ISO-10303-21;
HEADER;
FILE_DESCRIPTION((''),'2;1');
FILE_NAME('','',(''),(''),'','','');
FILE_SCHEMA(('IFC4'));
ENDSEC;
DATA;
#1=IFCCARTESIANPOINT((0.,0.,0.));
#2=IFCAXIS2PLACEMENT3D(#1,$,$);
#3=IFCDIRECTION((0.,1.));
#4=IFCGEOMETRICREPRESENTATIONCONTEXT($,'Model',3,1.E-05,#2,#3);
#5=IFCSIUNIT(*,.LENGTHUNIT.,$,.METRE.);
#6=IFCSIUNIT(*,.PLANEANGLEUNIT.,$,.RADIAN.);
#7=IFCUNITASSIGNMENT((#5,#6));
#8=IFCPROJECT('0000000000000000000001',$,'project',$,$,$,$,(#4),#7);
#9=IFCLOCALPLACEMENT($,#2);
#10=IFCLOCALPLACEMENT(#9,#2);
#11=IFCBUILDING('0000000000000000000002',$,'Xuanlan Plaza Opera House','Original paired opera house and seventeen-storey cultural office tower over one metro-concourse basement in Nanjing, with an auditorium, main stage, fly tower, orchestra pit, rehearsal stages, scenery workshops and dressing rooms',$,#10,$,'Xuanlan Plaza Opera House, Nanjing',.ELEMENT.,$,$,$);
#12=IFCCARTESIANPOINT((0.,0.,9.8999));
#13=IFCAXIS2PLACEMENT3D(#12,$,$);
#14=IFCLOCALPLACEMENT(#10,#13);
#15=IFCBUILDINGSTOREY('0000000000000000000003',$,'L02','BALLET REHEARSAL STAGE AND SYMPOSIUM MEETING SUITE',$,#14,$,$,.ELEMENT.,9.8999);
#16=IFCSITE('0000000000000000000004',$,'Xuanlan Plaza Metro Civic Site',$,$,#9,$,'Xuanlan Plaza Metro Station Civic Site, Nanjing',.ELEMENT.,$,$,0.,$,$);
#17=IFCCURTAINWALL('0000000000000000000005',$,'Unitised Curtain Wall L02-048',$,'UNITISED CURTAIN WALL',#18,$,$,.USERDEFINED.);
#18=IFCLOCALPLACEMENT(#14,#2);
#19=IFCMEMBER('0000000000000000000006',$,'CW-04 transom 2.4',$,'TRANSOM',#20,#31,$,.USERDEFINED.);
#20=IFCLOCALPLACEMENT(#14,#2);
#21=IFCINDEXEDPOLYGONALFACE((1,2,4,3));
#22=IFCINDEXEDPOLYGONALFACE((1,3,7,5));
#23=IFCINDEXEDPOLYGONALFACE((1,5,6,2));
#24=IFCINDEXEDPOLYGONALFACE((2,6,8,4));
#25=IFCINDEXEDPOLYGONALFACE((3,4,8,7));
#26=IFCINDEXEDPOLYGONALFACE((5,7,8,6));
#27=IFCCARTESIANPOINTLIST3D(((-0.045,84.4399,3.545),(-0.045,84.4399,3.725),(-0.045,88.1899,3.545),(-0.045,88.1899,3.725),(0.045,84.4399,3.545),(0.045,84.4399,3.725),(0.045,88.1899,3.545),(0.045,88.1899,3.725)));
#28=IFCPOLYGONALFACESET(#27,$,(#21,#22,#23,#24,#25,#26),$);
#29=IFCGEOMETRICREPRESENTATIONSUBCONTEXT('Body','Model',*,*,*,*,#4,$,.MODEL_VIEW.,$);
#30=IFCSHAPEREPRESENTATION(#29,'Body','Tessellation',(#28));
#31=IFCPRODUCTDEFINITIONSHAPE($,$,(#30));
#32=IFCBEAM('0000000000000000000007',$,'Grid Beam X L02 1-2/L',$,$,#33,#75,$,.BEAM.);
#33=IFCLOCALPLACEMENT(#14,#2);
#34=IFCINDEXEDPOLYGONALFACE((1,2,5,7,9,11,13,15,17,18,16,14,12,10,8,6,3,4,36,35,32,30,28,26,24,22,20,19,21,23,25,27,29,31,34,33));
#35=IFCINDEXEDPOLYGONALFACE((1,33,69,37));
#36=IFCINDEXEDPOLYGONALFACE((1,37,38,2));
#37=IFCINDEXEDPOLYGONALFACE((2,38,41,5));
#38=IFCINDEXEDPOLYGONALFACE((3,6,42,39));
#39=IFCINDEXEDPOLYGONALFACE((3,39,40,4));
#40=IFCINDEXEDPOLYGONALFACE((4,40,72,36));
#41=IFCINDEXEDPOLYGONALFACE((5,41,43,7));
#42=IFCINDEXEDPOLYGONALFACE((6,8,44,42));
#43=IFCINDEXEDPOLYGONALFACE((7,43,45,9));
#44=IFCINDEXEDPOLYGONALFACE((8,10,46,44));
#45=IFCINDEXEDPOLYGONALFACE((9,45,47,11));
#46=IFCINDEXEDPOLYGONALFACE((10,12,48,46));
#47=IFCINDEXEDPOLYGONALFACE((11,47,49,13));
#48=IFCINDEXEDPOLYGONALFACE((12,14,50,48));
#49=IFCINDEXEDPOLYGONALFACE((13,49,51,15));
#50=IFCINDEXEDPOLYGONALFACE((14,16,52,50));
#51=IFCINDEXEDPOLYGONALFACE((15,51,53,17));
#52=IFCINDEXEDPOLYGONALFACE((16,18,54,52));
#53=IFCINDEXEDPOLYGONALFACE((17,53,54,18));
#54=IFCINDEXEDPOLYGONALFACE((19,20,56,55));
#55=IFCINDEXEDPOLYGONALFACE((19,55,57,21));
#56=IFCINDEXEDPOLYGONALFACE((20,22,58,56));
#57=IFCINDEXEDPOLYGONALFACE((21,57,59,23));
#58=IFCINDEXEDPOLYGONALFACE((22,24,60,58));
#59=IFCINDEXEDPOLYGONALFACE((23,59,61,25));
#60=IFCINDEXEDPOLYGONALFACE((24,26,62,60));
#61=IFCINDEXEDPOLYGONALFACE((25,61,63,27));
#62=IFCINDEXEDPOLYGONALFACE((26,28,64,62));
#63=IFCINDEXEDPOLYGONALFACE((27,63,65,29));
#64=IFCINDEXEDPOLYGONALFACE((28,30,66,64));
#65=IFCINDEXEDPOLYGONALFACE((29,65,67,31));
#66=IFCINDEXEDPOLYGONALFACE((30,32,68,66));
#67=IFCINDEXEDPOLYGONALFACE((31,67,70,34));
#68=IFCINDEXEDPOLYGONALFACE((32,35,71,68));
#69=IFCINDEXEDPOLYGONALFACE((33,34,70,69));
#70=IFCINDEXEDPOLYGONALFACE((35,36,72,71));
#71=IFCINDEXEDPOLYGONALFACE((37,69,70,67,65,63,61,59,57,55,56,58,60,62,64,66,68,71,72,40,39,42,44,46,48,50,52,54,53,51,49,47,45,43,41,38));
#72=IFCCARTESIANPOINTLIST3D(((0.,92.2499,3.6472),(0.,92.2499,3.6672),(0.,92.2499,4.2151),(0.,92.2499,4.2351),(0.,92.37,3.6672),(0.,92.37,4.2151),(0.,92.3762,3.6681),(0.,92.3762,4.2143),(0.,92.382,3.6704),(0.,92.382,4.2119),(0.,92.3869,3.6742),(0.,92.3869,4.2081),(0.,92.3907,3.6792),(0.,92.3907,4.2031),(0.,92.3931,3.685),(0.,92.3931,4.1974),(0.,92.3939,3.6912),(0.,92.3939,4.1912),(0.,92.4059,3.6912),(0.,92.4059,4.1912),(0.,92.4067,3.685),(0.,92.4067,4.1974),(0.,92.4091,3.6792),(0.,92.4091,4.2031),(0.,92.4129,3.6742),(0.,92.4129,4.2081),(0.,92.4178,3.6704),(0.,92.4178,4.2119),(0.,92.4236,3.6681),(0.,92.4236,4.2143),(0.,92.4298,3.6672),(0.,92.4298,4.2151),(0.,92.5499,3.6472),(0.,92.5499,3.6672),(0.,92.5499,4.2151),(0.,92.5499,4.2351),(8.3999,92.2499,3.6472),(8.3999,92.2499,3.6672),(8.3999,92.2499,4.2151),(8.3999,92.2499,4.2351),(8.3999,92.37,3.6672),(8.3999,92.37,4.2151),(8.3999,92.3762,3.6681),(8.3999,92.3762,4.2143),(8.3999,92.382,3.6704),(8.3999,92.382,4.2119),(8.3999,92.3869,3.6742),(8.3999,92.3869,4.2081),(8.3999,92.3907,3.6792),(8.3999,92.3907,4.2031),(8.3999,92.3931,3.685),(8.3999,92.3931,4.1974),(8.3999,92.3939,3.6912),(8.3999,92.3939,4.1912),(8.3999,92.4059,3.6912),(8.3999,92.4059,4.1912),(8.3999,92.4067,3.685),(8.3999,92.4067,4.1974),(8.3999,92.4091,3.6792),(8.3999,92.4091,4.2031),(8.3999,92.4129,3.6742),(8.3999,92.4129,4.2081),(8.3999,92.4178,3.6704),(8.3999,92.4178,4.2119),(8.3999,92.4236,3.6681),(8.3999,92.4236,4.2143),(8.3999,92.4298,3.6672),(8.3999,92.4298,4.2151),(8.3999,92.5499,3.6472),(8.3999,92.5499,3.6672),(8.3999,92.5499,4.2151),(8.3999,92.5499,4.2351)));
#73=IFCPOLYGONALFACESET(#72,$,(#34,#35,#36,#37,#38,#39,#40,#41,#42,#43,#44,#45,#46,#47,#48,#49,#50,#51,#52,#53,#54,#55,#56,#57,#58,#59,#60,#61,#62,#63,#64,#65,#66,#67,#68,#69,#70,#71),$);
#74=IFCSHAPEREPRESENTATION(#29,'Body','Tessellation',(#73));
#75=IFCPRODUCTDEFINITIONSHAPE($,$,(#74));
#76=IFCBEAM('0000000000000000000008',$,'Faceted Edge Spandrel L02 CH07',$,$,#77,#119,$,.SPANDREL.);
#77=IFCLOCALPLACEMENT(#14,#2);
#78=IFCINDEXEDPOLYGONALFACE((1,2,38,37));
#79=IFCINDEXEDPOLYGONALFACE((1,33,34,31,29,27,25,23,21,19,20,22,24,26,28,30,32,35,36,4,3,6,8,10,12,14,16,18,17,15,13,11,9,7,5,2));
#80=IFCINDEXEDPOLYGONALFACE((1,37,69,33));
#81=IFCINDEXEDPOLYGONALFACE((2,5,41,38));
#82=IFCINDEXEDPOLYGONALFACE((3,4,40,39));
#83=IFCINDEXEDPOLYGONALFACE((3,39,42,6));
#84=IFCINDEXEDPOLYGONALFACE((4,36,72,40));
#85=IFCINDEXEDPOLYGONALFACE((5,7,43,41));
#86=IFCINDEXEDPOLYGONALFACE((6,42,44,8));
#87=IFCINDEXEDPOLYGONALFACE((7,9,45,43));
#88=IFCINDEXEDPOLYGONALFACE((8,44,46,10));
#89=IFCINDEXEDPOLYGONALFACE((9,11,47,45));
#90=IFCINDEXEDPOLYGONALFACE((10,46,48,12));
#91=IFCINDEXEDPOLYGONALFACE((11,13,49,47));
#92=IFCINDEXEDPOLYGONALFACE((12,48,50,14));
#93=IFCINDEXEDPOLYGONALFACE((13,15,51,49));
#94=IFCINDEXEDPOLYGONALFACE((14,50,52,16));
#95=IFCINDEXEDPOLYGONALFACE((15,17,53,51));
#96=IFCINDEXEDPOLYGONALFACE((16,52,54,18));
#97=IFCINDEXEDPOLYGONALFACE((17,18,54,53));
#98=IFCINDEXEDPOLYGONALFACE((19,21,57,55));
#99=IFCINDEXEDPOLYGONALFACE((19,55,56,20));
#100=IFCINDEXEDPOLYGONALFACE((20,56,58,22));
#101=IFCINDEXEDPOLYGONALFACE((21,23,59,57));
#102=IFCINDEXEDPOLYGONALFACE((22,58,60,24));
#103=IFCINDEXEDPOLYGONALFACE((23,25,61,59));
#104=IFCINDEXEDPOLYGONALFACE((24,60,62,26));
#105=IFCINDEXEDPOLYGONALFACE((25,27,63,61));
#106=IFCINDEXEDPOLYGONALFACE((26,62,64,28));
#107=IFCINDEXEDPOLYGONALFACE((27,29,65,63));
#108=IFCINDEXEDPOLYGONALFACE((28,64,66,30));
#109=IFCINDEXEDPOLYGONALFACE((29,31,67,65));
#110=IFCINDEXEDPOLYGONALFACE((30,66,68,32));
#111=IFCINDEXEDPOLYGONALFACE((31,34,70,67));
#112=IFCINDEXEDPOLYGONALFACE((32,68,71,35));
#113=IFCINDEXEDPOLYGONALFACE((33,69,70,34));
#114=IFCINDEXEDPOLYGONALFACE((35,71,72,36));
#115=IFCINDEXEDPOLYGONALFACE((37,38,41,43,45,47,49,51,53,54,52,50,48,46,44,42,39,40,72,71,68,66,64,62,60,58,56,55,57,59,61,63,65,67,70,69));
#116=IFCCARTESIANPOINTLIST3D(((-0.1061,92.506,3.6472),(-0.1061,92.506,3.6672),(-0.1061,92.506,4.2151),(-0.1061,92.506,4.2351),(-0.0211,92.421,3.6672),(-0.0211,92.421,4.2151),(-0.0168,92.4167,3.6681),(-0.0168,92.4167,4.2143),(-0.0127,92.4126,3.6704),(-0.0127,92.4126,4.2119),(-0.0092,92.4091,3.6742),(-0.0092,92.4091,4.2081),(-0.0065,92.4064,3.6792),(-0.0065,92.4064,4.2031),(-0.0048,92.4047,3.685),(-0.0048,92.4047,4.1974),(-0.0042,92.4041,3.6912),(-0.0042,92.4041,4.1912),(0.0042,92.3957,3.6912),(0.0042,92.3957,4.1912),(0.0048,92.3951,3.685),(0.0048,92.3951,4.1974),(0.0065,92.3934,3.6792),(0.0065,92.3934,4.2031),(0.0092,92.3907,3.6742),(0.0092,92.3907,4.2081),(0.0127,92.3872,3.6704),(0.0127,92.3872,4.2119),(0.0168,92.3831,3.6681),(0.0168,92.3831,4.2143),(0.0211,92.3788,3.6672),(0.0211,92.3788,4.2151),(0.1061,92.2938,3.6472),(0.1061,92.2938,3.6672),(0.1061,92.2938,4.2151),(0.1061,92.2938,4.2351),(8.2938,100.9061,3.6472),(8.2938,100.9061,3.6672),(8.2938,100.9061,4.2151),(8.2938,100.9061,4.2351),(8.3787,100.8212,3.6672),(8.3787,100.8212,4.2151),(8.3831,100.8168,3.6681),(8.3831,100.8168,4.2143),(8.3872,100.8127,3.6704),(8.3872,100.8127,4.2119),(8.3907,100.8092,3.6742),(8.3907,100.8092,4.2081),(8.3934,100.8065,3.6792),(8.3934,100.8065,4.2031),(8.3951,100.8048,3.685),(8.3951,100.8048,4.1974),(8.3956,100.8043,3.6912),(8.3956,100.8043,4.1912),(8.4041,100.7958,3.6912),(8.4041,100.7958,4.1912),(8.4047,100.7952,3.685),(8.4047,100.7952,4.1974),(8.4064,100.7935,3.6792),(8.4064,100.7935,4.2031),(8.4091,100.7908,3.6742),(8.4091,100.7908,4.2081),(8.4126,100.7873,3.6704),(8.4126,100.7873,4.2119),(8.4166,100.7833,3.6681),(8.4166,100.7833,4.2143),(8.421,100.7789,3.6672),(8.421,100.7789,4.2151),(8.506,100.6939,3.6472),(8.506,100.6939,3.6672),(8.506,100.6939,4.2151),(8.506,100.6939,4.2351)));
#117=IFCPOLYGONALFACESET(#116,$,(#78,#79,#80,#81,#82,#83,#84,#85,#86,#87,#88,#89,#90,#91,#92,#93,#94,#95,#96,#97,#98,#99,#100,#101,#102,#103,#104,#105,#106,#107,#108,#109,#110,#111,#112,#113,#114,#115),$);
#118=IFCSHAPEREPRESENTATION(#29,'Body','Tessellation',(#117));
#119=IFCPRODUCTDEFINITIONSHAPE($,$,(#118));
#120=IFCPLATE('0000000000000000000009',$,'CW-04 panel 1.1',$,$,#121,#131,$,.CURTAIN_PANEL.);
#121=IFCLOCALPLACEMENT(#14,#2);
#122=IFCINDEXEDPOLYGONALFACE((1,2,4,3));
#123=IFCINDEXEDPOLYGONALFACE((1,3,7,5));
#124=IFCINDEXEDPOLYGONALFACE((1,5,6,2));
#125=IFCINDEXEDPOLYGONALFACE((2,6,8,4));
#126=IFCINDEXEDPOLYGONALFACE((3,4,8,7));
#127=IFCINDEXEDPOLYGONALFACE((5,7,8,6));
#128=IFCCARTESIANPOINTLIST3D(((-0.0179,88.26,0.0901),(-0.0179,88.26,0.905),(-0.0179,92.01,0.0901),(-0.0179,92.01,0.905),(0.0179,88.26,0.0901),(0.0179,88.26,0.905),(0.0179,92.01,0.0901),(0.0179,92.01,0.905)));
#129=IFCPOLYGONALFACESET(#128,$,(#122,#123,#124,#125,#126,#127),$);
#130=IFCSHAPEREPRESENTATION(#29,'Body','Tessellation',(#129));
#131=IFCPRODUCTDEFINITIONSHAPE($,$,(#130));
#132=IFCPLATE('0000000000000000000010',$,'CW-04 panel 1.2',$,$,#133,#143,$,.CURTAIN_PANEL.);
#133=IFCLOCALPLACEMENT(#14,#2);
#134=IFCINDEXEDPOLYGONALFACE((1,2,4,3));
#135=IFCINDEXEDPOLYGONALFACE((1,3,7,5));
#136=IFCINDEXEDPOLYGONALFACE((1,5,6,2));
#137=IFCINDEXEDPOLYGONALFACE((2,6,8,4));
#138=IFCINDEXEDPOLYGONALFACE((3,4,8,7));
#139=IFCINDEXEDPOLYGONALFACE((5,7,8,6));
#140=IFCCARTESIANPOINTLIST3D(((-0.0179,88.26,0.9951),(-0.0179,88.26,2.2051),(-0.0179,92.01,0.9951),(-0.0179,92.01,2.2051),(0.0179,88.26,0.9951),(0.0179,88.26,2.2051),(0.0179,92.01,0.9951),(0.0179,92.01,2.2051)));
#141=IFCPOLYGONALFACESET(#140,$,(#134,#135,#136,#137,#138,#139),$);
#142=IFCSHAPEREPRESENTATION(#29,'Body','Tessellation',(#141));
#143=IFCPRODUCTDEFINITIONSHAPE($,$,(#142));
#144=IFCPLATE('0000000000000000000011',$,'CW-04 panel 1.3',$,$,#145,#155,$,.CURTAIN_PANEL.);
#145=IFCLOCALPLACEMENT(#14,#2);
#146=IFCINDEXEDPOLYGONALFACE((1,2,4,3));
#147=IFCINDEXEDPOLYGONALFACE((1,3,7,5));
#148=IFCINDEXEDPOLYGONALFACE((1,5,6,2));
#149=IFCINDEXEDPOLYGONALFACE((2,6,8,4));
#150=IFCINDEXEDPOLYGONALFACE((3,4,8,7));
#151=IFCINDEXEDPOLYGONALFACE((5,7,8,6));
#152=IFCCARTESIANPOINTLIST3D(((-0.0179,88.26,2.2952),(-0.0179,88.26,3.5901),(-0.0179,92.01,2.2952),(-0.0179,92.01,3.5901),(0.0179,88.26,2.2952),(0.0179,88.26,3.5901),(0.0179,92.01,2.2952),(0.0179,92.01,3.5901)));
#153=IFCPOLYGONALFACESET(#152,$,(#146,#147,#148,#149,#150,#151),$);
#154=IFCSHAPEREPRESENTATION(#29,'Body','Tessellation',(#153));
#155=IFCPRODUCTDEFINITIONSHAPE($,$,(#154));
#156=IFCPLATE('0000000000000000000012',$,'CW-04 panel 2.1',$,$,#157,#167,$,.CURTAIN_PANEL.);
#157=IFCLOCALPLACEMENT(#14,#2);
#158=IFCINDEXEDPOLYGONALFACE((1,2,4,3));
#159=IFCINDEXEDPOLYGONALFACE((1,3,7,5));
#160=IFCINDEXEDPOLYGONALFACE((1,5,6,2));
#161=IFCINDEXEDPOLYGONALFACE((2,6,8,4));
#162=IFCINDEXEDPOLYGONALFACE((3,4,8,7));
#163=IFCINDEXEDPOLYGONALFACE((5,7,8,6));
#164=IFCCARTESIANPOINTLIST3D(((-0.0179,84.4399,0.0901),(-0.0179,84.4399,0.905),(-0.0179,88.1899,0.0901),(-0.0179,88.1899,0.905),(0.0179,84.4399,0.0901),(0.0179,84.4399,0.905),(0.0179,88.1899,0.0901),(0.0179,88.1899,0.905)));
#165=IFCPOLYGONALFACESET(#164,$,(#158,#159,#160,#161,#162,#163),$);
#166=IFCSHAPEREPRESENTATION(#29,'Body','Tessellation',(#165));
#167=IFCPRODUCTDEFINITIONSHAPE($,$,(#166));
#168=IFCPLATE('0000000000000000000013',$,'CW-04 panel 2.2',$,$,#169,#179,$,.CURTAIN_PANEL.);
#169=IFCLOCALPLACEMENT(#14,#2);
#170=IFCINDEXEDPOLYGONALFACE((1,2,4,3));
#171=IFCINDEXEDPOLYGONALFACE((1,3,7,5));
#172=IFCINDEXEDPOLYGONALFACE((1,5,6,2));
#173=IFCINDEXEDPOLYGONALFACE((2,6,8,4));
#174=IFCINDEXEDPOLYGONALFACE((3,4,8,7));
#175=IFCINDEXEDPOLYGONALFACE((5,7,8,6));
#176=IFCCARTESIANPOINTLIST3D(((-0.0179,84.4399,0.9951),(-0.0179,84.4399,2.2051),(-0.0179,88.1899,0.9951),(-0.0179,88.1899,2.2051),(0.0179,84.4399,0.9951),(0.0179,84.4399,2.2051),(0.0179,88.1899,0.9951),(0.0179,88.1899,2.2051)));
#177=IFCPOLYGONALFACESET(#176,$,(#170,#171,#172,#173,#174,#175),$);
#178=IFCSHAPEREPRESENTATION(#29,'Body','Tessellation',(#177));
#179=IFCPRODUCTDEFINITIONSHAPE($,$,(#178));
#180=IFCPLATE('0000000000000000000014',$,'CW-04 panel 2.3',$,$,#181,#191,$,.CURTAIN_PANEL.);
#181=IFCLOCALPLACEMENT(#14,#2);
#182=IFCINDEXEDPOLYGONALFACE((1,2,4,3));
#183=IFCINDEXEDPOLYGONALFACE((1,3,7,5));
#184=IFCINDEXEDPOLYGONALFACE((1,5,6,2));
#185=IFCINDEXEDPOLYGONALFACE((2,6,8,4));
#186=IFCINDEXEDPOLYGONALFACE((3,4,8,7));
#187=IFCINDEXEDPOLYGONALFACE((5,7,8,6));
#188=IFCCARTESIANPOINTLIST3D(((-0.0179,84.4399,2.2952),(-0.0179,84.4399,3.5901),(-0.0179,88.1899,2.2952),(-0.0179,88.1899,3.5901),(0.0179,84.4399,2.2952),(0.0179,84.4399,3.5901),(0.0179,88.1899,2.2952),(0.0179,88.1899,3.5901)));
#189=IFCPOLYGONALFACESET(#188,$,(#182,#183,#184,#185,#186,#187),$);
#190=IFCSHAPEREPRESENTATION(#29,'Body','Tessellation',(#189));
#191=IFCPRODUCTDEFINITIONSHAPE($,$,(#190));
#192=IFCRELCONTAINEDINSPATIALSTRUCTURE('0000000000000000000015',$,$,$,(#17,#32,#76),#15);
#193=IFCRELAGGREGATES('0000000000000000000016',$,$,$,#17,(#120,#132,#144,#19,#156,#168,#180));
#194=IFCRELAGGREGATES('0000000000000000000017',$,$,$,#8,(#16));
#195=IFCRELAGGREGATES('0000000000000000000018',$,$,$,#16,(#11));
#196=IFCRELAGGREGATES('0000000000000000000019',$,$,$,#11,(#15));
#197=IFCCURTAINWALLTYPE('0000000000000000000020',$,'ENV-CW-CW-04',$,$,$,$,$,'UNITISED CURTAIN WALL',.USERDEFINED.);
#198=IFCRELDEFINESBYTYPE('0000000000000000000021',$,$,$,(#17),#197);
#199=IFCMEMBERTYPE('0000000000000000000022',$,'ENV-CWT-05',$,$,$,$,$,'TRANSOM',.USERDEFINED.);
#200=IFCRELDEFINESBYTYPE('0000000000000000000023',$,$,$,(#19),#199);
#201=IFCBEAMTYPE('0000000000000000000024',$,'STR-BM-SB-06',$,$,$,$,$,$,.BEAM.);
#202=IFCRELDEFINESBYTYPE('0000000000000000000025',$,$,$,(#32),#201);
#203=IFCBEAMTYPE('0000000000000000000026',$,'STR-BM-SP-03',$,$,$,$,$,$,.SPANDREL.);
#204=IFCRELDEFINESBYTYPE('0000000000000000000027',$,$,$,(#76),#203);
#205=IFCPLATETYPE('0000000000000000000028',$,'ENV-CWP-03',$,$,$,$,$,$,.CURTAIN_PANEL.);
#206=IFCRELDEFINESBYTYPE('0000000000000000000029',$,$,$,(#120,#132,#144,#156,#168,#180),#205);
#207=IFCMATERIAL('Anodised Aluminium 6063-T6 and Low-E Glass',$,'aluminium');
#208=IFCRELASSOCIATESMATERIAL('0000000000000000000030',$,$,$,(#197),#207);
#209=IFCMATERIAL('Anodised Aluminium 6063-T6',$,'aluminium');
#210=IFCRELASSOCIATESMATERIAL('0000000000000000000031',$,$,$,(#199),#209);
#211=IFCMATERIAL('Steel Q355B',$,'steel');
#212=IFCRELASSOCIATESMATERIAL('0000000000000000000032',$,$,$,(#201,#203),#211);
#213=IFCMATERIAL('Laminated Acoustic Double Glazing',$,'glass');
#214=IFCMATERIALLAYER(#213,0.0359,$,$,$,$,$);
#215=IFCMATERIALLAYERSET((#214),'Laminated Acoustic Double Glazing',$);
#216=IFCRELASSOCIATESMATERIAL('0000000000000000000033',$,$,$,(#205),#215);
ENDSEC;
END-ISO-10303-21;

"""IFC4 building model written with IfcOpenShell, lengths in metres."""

from ifc_helpers import new_model, si_unit, direction, frame, origin, origin_2d, place, context, subcontext, project, spatial, rectangle, i_section, extrude, material, layer, layer_set, material_profile, profile_set, type_object, element, aggregate, save


model = new_model("IFC4")

# Units and contexts
model_context = context("Model", 3, precision=1e-05, world=origin(), true_north=direction((0.0, 1.0)))
body_context = subcontext(model_context, "Body", "Model", "MODEL_VIEW")
ifc_project = project(units=[si_unit("LENGTHUNIT", "METRE"), si_unit("PLANEANGLEUNIT", "RADIAN")], contexts=[model_context])

# Site, building, storey
site_placement = place(None, origin())
site = spatial("IfcSite", under=ifc_project, at=site_placement, Name="Xuanlan Plaza Metro Civic Site", LongName="Xuanlan Plaza Metro Station Civic Site, Nanjing", CompositionType="ELEMENT", RefElevation=0.0)
building_placement = place(site_placement, origin())
building = spatial("IfcBuilding", under=site, at=building_placement, Name="Xuanlan Plaza Opera House", Description="Original paired opera house and seventeen-storey cultural office tower over one metro-concourse basement in Nanjing, with an auditorium, main stage, fly tower, orchestra pit, rehearsal stages, scenery workshops and dressing rooms", LongName="Xuanlan Plaza Opera House, Nanjing", CompositionType="ELEMENT")
storey_placement = place(building_placement, frame((0.0, 0.0, 9.8999)))
storey = spatial("IfcBuildingStorey", under=building, at=storey_placement, Name="L02", Description="BALLET REHEARSAL STAGE AND SYMPOSIUM MEETING SUITE", CompositionType="ELEMENT", Elevation=9.8999)

# Shared definitions
ifc_material_1 = material(Name="Anodised Aluminium 6063-T6 and Low-E Glass", Category="aluminium")
ifc_material_2 = material(Name="Anodised Aluminium 6063-T6", Category="aluminium")

# Curtain wall
curtain_wall_type_1 = type_object("IfcCurtainWallType", Name="ENV-CW-CW-04", ElementType="UNITISED CURTAIN WALL", PredefinedType="USERDEFINED", material=ifc_material_1)
curtain_wall_1_placement = place(storey_placement, origin())
curtain_wall_1 = element("IfcCurtainWall", 1, at=curtain_wall_1_placement, inside=storey, type_object=curtain_wall_type_1, Name="Unitised Curtain Wall L02-048", ObjectType="UNITISED CURTAIN WALL", PredefinedType="USERDEFINED")

# Member
ifc_material_profile_1 = material_profile(ifc_material_2, rectangle(XDim=0.0901, YDim=0.1799, at=origin_2d()), Name="ALU-T 90x180")
ifc_profile_set_1 = profile_set([ifc_material_profile_1], Name="Anodised Aluminium 6063-T6")
member_type_1 = type_object("IfcMemberType", Name="ENV-CWT-05", ElementType="TRANSOM", PredefinedType="USERDEFINED", material=ifc_profile_set_1)
member_1_placement = place(storey_placement, frame((0.0, 88.1899, 3.635), z_axis=(0.0, -1.0, 0.0), x_axis=(1.0, 0.0, 0.0)))
member_1 = element("IfcMember", 2, at=member_1_placement, type_object=member_type_1, Name="CW-04 transom 2.4", ObjectType="TRANSOM", PredefinedType="USERDEFINED", context=body_context, shape_type="SweptSolid", body=[
    extrude(rectangle(XDim=0.0901, YDim=0.1799, at=origin_2d()), origin(), (0.0, 0.0, 1.0), 3.75),
])

# Beams
ifc_material_3 = material(Name="Steel Q355B", Category="steel")
ifc_material_profile_2 = material_profile(ifc_material_3, i_section(OverallWidth=0.3, OverallDepth=0.5879, WebThickness=0.012, FlangeThickness=0.02, FilletRadius=0.0239, at=origin_2d()), Name="HM 588x300x12x20")
ifc_profile_set_2 = profile_set([ifc_material_profile_2], Name="Steel Q355B")
beam_type_1 = type_object("IfcBeamType", Name="STR-BM-SB-06", PredefinedType="BEAM", material=ifc_profile_set_2)
beam_1_placement = place(storey_placement, frame((0.0, 92.3999, 3.9412), z_axis=(1.0, 0.0, 0.0), x_axis=(0.0, 1.0, 0.0)))
element("IfcBeam", 3, at=beam_1_placement, inside=storey, type_object=beam_type_1, Name="Grid Beam X L02 1-2/L", PredefinedType="BEAM", context=body_context, shape_type="SweptSolid", body=[
    extrude(i_section(OverallWidth=0.3, OverallDepth=0.5879, WebThickness=0.012, FlangeThickness=0.02, FilletRadius=0.0239, at=origin_2d()), origin(), (0.0, 0.0, 1.0), 8.3999),
])
ifc_material_profile_3 = material_profile(ifc_material_3, i_section(OverallWidth=0.3, OverallDepth=0.5879, WebThickness=0.012, FlangeThickness=0.02, FilletRadius=0.0239, at=origin_2d()), Name="HM 588x300x12x20")
ifc_profile_set_3 = profile_set([ifc_material_profile_3], Name="Steel Q355B")
beam_type_2 = type_object("IfcBeamType", Name="STR-BM-SP-03", PredefinedType="SPANDREL", material=ifc_profile_set_3)
beam_2_placement = place(storey_placement, frame((0.0, 92.3999, 3.9412), z_axis=(0.707097, 0.707117, 0.0), x_axis=(-0.707117, 0.707097, 0.0)))
element("IfcBeam", 4, at=beam_2_placement, inside=storey, type_object=beam_type_2, Name="Faceted Edge Spandrel L02 CH07", PredefinedType="SPANDREL", context=body_context, shape_type="SweptSolid", body=[
    extrude(i_section(OverallWidth=0.3, OverallDepth=0.5879, WebThickness=0.012, FlangeThickness=0.02, FilletRadius=0.0239, at=origin_2d()), origin(), (0.0, 0.0, 1.0), 11.8794),
])

# Plates
ifc_material_4 = material(Name="Laminated Acoustic Double Glazing", Category="glass")
ifc_layer_1 = layer(ifc_material_4, 0.0359)
ifc_layer_set_1 = layer_set([ifc_layer_1], Name="Laminated Acoustic Double Glazing")
plate_type_1 = type_object("IfcPlateType", Name="ENV-CWP-03", PredefinedType="CURTAIN_PANEL", material=ifc_layer_set_1)
plate_1_placement = place(storey_placement, frame((0.0, 90.135, 0.0901), z_axis=(0.0, 0.0, 1.0), x_axis=(0.0, -1.0, 0.0)))
plate_1 = element("IfcPlate", 5, at=plate_1_placement, type_object=plate_type_1, Name="CW-04 panel 1.1", PredefinedType="CURTAIN_PANEL", context=body_context, shape_type="SweptSolid", body=[
    extrude(rectangle(XDim=3.75, YDim=0.0359, at=origin_2d()), origin(), (0.0, 0.0, 1.0), 0.8149),
])
plate_2_placement = place(storey_placement, frame((0.0, 90.135, 0.9951), z_axis=(0.0, 0.0, 1.0), x_axis=(0.0, -1.0, 0.0)))
plate_2 = element("IfcPlate", 6, at=plate_2_placement, type_object=plate_type_1, Name="CW-04 panel 1.2", PredefinedType="CURTAIN_PANEL", context=body_context, shape_type="SweptSolid", body=[
    extrude(rectangle(XDim=3.75, YDim=0.0359, at=origin_2d()), origin(), (0.0, 0.0, 1.0), 1.21),
])
plate_3_placement = place(storey_placement, frame((0.0, 90.135, 2.2952), z_axis=(0.0, 0.0, 1.0), x_axis=(0.0, -1.0, 0.0)))
plate_3 = element("IfcPlate", 7, at=plate_3_placement, type_object=plate_type_1, Name="CW-04 panel 1.3", PredefinedType="CURTAIN_PANEL", context=body_context, shape_type="SweptSolid", body=[
    extrude(rectangle(XDim=3.75, YDim=0.0359, at=origin_2d()), origin(), (0.0, 0.0, 1.0), 1.2949),
])
plate_4_placement = place(storey_placement, frame((0.0, 86.3149, 0.0901), z_axis=(0.0, 0.0, 1.0), x_axis=(0.0, -1.0, 0.0)))
plate_4 = element("IfcPlate", 8, at=plate_4_placement, type_object=plate_type_1, Name="CW-04 panel 2.1", PredefinedType="CURTAIN_PANEL", context=body_context, shape_type="SweptSolid", body=[
    extrude(rectangle(XDim=3.75, YDim=0.0359, at=origin_2d()), origin(), (0.0, 0.0, 1.0), 0.8149),
])
plate_5_placement = place(storey_placement, frame((0.0, 86.3149, 0.9951), z_axis=(0.0, 0.0, 1.0), x_axis=(0.0, -1.0, 0.0)))
plate_5 = element("IfcPlate", 9, at=plate_5_placement, type_object=plate_type_1, Name="CW-04 panel 2.2", PredefinedType="CURTAIN_PANEL", context=body_context, shape_type="SweptSolid", body=[
    extrude(rectangle(XDim=3.75, YDim=0.0359, at=origin_2d()), origin(), (0.0, 0.0, 1.0), 1.21),
])
plate_6_placement = place(storey_placement, frame((0.0, 86.3149, 2.2952), z_axis=(0.0, 0.0, 1.0), x_axis=(0.0, -1.0, 0.0)))
plate_6 = element("IfcPlate", 10, at=plate_6_placement, type_object=plate_type_1, Name="CW-04 panel 2.3", PredefinedType="CURTAIN_PANEL", context=body_context, shape_type="SweptSolid", body=[
    extrude(rectangle(XDim=3.75, YDim=0.0359, at=origin_2d()), origin(), (0.0, 0.0, 1.0), 1.2949),
])
aggregate(curtain_wall_1, [plate_1, plate_2, plate_3, member_1, plate_4, plate_5, plate_6])

save(model, "model.ifc")
